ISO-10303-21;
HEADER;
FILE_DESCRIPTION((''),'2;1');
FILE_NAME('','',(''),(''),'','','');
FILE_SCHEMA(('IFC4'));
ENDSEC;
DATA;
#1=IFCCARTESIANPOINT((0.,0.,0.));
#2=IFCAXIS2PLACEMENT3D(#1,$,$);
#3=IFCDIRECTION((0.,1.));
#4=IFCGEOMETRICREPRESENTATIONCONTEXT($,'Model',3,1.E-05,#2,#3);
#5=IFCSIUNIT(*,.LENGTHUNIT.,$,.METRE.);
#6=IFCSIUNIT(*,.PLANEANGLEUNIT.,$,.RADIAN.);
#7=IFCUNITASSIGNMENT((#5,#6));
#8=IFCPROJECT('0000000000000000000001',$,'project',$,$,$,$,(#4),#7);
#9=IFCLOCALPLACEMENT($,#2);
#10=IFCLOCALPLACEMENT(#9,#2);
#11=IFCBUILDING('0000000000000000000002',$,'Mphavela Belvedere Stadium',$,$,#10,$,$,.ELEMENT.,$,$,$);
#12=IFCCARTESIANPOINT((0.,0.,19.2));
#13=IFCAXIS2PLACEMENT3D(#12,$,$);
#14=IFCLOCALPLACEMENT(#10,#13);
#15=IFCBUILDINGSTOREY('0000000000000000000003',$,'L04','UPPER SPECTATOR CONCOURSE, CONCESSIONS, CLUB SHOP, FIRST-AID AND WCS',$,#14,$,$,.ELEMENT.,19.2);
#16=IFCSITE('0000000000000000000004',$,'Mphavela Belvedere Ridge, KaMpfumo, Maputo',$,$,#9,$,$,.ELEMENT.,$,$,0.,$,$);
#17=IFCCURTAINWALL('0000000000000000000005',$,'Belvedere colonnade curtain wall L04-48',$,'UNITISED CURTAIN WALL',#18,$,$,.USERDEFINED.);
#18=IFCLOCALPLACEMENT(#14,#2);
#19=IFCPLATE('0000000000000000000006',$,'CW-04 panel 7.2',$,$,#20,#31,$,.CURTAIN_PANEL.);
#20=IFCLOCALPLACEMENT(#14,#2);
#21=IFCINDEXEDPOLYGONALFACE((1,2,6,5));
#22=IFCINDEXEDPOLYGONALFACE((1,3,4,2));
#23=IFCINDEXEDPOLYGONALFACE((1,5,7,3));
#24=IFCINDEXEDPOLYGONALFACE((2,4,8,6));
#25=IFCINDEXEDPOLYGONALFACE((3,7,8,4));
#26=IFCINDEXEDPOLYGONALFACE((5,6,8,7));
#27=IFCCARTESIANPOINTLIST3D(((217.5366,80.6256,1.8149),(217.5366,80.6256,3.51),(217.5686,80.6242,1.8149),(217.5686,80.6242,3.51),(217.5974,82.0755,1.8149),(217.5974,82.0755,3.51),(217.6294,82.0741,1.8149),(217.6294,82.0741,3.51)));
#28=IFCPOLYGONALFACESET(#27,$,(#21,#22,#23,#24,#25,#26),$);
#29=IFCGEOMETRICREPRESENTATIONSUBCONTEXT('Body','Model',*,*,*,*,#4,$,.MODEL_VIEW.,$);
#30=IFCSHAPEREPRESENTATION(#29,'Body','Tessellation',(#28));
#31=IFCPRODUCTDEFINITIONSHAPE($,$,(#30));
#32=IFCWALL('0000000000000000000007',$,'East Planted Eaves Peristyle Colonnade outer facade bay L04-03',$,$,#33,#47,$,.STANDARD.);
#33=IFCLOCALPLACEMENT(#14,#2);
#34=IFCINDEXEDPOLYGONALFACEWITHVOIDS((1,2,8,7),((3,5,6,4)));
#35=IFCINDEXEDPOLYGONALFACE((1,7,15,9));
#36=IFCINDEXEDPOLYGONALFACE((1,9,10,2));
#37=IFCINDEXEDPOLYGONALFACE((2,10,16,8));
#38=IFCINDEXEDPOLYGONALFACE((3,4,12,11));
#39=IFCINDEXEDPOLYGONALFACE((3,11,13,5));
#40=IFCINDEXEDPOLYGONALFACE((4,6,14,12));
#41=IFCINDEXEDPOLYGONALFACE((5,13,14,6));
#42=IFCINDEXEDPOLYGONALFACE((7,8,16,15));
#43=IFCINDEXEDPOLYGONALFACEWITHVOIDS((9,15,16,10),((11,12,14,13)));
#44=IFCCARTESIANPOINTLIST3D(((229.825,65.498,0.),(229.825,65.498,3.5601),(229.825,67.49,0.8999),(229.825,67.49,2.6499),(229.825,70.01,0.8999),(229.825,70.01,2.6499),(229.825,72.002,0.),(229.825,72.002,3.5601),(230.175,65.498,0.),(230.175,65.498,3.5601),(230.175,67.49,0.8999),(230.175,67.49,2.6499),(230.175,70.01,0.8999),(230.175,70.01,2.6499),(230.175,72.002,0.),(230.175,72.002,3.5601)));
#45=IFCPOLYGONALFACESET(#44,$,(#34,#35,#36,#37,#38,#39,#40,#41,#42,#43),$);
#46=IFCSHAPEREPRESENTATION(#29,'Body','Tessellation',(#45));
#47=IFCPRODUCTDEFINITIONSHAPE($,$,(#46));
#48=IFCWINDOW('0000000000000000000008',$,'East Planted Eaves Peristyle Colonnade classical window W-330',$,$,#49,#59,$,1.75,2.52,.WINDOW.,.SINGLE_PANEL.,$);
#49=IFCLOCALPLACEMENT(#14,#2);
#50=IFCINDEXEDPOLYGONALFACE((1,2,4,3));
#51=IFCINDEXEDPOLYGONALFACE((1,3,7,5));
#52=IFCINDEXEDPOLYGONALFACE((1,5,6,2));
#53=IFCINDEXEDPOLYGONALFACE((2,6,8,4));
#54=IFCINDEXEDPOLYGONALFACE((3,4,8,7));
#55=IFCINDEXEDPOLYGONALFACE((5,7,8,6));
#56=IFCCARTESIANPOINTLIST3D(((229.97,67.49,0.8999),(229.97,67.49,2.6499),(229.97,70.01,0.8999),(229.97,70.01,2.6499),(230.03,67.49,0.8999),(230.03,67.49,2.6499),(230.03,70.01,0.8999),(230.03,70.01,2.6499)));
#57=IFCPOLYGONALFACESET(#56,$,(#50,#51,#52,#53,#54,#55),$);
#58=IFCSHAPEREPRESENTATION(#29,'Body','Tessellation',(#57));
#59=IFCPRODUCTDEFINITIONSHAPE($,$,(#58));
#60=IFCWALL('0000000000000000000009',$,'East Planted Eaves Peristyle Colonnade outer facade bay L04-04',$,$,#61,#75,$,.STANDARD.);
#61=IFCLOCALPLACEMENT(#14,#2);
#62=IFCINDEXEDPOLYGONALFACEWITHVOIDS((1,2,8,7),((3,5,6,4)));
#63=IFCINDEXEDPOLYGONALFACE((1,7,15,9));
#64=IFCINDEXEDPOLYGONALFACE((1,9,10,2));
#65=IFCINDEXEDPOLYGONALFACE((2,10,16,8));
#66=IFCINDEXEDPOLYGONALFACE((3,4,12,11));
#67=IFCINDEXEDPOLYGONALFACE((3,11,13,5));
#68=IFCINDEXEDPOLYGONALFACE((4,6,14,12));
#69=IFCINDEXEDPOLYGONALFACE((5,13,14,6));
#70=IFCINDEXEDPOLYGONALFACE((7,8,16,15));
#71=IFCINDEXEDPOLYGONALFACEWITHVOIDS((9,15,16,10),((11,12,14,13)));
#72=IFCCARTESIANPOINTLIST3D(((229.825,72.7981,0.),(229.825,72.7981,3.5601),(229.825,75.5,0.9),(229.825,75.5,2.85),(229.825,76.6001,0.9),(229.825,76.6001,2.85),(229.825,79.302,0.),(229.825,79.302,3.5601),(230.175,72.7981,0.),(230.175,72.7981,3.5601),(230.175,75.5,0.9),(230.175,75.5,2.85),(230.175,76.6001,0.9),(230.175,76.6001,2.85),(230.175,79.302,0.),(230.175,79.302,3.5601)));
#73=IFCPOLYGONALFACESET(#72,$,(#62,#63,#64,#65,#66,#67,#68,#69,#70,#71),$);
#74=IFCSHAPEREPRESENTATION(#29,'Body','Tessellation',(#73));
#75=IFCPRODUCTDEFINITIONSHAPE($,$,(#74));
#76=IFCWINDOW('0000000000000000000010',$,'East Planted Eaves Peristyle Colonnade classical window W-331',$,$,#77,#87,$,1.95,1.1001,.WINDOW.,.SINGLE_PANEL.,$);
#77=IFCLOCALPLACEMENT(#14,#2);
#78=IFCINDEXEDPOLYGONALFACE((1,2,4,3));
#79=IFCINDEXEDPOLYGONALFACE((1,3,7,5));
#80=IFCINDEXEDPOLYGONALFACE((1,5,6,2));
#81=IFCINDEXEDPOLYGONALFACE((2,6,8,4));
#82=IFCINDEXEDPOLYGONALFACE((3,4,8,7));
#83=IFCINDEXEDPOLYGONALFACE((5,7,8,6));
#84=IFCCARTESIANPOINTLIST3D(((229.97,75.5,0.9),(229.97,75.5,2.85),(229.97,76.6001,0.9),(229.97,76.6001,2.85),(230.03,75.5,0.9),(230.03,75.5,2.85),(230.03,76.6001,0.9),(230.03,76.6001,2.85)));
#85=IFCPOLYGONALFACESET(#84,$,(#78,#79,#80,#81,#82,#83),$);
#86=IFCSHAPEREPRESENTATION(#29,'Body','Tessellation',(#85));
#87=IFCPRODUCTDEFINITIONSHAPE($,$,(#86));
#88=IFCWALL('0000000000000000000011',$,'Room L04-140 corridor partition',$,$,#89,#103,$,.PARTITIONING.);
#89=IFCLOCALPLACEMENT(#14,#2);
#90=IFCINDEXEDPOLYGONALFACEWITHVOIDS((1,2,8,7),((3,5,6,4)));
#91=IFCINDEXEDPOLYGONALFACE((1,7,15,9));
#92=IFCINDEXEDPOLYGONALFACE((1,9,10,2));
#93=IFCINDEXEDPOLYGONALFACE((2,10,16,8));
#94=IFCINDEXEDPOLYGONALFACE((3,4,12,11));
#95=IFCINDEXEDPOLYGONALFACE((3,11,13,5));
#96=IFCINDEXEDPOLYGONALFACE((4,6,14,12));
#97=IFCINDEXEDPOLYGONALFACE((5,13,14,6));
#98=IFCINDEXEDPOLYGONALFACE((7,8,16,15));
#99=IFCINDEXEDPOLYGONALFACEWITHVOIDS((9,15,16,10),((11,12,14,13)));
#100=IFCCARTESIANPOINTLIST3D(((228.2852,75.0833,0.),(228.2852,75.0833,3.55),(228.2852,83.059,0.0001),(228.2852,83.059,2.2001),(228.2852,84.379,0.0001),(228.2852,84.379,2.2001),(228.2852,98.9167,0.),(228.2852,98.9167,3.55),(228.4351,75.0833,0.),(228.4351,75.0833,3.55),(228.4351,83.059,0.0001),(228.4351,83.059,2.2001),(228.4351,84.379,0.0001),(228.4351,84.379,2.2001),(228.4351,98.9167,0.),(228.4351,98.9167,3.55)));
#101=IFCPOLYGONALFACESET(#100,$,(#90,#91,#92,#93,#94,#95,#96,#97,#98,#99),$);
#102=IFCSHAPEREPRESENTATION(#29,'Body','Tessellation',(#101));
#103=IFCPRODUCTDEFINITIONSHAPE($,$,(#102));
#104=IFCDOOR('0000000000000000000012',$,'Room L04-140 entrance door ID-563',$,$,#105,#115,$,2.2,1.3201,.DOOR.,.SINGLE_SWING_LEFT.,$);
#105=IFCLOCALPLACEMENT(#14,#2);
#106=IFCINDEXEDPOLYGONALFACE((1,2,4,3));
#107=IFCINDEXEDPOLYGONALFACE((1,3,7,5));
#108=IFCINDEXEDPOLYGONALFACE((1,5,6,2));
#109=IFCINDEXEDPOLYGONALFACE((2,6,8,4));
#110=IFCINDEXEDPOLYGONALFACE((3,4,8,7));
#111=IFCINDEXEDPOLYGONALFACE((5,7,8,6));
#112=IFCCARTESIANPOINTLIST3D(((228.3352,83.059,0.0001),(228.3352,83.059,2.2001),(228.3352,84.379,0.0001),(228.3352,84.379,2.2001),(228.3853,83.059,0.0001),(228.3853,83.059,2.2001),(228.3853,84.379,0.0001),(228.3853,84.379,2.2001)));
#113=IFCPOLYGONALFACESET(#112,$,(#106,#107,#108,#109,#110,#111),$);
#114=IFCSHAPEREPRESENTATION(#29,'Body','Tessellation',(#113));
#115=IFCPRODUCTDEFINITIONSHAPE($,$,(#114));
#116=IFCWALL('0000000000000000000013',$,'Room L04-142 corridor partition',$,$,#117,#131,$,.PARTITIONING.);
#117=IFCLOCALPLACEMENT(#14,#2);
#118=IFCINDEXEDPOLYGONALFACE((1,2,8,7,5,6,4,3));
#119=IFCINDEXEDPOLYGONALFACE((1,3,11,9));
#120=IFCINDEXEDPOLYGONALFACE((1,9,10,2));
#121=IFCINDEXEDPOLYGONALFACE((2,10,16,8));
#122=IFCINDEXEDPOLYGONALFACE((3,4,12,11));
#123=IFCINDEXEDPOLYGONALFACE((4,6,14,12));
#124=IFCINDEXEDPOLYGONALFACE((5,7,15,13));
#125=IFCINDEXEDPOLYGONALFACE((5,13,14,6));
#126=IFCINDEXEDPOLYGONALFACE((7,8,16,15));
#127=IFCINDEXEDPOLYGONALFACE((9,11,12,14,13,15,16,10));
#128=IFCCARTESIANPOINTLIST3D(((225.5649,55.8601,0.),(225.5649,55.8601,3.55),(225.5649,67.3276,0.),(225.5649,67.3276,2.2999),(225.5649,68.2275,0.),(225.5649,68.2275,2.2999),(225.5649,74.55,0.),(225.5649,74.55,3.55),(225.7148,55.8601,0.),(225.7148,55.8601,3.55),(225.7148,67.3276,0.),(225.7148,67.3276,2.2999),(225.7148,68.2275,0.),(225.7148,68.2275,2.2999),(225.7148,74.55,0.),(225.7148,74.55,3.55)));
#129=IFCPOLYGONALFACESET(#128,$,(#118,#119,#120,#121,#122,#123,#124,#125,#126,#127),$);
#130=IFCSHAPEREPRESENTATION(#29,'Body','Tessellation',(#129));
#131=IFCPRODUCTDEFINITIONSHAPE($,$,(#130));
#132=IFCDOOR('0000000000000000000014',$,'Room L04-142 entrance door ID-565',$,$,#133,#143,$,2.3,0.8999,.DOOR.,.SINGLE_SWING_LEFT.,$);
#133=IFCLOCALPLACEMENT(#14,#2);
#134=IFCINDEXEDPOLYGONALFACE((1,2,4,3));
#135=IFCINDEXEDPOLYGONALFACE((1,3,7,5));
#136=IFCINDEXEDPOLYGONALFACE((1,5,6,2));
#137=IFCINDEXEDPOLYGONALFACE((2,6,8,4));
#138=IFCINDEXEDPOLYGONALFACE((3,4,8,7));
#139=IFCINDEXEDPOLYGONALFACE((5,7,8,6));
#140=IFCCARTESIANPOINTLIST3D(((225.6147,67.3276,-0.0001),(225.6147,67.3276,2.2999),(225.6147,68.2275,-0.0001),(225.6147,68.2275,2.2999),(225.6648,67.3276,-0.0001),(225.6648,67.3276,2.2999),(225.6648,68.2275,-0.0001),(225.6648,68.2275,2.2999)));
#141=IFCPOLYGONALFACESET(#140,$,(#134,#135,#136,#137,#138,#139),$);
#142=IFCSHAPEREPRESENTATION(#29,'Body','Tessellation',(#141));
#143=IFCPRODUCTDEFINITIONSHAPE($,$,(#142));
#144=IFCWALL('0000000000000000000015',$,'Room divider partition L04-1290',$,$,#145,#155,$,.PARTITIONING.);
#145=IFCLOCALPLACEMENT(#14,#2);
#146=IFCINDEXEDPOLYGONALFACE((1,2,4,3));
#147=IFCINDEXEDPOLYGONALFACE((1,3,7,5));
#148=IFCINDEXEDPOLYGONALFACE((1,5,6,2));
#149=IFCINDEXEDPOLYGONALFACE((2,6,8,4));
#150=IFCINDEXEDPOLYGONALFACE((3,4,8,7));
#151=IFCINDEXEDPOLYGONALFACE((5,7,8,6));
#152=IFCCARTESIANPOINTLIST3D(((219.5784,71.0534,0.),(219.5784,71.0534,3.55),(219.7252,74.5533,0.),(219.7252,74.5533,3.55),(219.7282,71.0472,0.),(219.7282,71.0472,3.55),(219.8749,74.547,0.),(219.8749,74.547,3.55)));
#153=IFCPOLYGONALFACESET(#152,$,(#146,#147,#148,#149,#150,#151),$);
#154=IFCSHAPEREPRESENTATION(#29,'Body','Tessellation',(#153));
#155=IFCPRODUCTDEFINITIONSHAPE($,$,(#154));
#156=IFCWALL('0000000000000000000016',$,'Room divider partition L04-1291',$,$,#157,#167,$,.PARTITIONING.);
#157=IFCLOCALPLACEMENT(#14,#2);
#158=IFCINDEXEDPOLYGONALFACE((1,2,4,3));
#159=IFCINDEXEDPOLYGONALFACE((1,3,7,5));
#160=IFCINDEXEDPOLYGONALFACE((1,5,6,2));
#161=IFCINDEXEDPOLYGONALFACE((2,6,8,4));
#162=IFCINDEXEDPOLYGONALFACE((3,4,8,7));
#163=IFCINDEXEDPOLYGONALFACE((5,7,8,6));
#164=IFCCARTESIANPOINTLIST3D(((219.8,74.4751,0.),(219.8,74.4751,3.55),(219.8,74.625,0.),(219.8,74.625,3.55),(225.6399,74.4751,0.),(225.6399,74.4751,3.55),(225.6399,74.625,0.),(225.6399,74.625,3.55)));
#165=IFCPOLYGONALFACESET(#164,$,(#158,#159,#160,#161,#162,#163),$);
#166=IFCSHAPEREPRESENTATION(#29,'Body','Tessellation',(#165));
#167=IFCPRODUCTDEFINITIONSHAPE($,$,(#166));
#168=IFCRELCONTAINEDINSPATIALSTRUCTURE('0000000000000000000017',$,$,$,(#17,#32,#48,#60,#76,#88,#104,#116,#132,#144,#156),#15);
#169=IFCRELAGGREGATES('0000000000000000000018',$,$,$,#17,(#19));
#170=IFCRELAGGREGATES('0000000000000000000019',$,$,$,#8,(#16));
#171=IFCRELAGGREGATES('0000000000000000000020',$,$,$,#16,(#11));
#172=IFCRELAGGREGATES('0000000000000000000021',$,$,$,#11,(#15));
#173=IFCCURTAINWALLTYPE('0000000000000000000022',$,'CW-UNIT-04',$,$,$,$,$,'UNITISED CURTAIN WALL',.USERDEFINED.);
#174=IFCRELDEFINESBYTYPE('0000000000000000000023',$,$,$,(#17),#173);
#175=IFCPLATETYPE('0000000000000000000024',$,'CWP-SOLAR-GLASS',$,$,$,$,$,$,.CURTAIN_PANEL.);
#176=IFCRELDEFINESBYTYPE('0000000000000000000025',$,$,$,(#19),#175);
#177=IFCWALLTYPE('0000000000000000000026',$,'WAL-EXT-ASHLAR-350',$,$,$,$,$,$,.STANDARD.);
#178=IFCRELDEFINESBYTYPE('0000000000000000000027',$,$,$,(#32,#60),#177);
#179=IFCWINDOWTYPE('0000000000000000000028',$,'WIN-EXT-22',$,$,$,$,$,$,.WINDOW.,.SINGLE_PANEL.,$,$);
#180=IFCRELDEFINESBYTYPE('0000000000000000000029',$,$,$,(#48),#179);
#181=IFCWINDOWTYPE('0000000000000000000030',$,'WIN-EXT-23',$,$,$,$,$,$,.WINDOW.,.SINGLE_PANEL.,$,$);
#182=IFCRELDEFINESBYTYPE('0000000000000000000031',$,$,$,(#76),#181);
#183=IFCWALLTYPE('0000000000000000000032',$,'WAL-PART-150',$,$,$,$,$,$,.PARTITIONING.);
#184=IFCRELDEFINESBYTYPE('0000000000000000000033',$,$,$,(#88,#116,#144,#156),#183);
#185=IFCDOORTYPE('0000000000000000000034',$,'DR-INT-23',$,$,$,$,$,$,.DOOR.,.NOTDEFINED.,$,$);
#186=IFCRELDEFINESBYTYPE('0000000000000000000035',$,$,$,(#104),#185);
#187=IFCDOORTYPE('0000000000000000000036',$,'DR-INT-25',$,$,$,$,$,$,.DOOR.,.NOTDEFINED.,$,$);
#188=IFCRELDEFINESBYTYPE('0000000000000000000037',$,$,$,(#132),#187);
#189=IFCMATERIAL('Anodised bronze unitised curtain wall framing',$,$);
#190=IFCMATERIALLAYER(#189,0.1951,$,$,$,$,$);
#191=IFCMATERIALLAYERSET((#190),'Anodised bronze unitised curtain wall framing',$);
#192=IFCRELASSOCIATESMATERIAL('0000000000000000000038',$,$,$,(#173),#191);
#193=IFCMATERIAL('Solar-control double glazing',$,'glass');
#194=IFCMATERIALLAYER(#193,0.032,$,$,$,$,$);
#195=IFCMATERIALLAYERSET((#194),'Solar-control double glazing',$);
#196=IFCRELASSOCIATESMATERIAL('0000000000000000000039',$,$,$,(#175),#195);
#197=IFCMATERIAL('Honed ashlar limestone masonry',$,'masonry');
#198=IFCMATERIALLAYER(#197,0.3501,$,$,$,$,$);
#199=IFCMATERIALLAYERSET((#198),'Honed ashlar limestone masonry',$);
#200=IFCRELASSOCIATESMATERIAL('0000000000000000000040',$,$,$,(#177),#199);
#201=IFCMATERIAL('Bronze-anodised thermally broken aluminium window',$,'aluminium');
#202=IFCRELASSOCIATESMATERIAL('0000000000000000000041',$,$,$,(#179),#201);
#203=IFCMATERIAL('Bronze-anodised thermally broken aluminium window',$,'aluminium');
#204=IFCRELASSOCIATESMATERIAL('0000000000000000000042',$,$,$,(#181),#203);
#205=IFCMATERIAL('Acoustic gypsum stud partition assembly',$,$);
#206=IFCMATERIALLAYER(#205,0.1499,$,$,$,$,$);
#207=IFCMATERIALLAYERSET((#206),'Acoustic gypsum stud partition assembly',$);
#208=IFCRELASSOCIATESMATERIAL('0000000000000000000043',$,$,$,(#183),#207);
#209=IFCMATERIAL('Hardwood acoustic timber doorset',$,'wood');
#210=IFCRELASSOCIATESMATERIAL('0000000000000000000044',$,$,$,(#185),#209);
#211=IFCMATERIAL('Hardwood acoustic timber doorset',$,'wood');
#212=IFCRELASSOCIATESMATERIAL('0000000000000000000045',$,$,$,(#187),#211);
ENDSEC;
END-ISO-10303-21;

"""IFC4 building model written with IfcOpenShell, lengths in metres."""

from ifc_helpers import new_model, si_unit, direction, frame, frame_2d, origin, origin_2d, place, context, subcontext, project, spatial, rectangle, extrude, material, layer, layer_set, type_object, element, fill, aggregate, save


model = new_model("IFC4")

# Units and contexts
model_context = context("Model", 3, precision=1e-05, world=origin(), true_north=direction((0.0, 1.0)))
body_context = subcontext(model_context, "Body", "Model", "MODEL_VIEW")
ifc_project = project(units=[si_unit("LENGTHUNIT", "METRE"), si_unit("PLANEANGLEUNIT", "RADIAN")], contexts=[model_context])

# Site, building, storey
site_placement = place(None, origin())
site = spatial("IfcSite", under=ifc_project, at=site_placement, Name="Mphavela Belvedere Ridge, KaMpfumo, Maputo", CompositionType="ELEMENT", RefElevation=0.0)
building_placement = place(site_placement, origin())
building = spatial("IfcBuilding", under=site, at=building_placement, Name="Mphavela Belvedere Stadium", CompositionType="ELEMENT")
storey_placement = place(building_placement, frame((0.0, 0.0, 19.2)))
storey = spatial("IfcBuildingStorey", under=building, at=storey_placement, Name="L04", Description="UPPER SPECTATOR CONCOURSE, CONCESSIONS, CLUB SHOP, FIRST-AID AND WCS", CompositionType="ELEMENT", Elevation=19.2)

# Curtain wall, plate
ifc_material_1 = material(Name="Anodised bronze unitised curtain wall framing")
ifc_layer_1 = layer(ifc_material_1, 0.1951)
ifc_layer_set_1 = layer_set([ifc_layer_1], Name="Anodised bronze unitised curtain wall framing")
curtain_wall_type = type_object("IfcCurtainWallType", Name="CW-UNIT-04", ElementType="UNITISED CURTAIN WALL", PredefinedType="USERDEFINED", material=ifc_layer_set_1)
curtain_wall_placement = place(storey_placement, origin())
curtain_wall = element("IfcCurtainWall", 1, at=curtain_wall_placement, inside=storey, type_object=curtain_wall_type, Name="Belvedere colonnade curtain wall L04-48", ObjectType="UNITISED CURTAIN WALL", PredefinedType="USERDEFINED")
ifc_material_2 = material(Name="Solar-control double glazing", Category="glass")
ifc_layer_2 = layer(ifc_material_2, 0.032)
ifc_layer_set_2 = layer_set([ifc_layer_2], Name="Solar-control double glazing")
plate_type = type_object("IfcPlateType", Name="CWP-SOLAR-GLASS", PredefinedType="CURTAIN_PANEL", material=ifc_layer_set_2)
plate_1_placement = place(storey_placement, frame((217.583, 81.3499, 1.8149), z_axis=(0.0, 0.0, 1.0), x_axis=(0.041905, 0.999122, 0.0)))
plate_1 = element("IfcPlate", 2, at=plate_1_placement, type_object=plate_type, Name="CW-04 panel 7.2", PredefinedType="CURTAIN_PANEL", context=body_context, shape_type="SweptSolid", body=[
    extrude(rectangle(XDim=1.4512, YDim=0.032, at=origin_2d()), origin(), (0.0, 0.0, 1.0), 1.6951),
])
aggregate(curtain_wall, [plate_1])

# Walls, openings, windows
ifc_material_3 = material(Name="Honed ashlar limestone masonry", Category="masonry")
ifc_layer_3 = layer(ifc_material_3, 0.3501)
ifc_layer_set_3 = layer_set([ifc_layer_3], Name="Honed ashlar limestone masonry")
wall_type_1 = type_object("IfcWallType", Name="WAL-EXT-ASHLAR-350", PredefinedType="STANDARD", material=ifc_layer_set_3)
wall_1_placement = place(storey_placement, frame((230.0, 72.002, 0.0), z_axis=(0.0, 0.0, 1.0), x_axis=(0.0, -1.0, 0.0)))
wall_1 = element("IfcWall", 3, at=wall_1_placement, inside=storey, type_object=wall_type_1, Name="East Planted Eaves Peristyle Colonnade outer facade bay L04-03", PredefinedType="STANDARD", context=body_context, shape_type="SweptSolid", body=[
    extrude(rectangle(XDim=6.5039, YDim=0.3501, at=frame_2d((3.252, 0.0))), origin(), (0.0, 0.0, 1.0), 3.5601),
])
opening_1_placement = place(wall_1_placement, frame((1.9919, 0.0, 0.8999)))
opening_1 = element("IfcOpeningElement", 4, at=opening_1_placement, cuts=wall_1, PredefinedType="OPENING", context=body_context, shape_type="SweptSolid", body=[
    extrude(rectangle(XDim=2.52, YDim=1.75, at=frame_2d((1.26, 0.875))), frame((0.0, 0.1851, 0.0), z_axis=(0.0, -1.0, 0.0), x_axis=(1.0, 0.0, 0.0)), (0.0, 0.0, 1.0), 0.3701),
])
ifc_material_4 = material(Name="Bronze-anodised thermally broken aluminium window", Category="aluminium")
window_type_1 = type_object("IfcWindowType", Name="WIN-EXT-22", PartitioningType="SINGLE_PANEL", PredefinedType="WINDOW", material=ifc_material_4)
window_1_placement = place(opening_1_placement, origin())
window_1 = element("IfcWindow", 5, at=window_1_placement, inside=storey, type_object=window_type_1, Name="East Planted Eaves Peristyle Colonnade classical window W-330", OverallHeight=1.75, OverallWidth=2.52, PartitioningType="SINGLE_PANEL", PredefinedType="WINDOW", context=body_context, shape_type="SweptSolid", body=[
    extrude(rectangle(XDim=2.52, YDim=1.75, at=frame_2d((1.26, 0.875))), frame((0.0, 0.03, 0.0), z_axis=(0.0, -1.0, 0.0), x_axis=(1.0, 0.0, 0.0)), (0.0, 0.0, 1.0), 0.0601),
])
fill(opening_1, window_1)
wall_2_placement = place(storey_placement, frame((230.0, 79.302, 0.0), z_axis=(0.0, 0.0, 1.0), x_axis=(0.0, -1.0, 0.0)))
wall_2 = element("IfcWall", 6, at=wall_2_placement, inside=storey, type_object=wall_type_1, Name="East Planted Eaves Peristyle Colonnade outer facade bay L04-04", PredefinedType="STANDARD", context=body_context, shape_type="SweptSolid", body=[
    extrude(rectangle(XDim=6.5039, YDim=0.3501, at=frame_2d((3.252, 0.0))), origin(), (0.0, 0.0, 1.0), 3.5601),
])
opening_2_placement = place(wall_2_placement, frame((2.7019, 0.0, 0.8999)))
opening_2 = element("IfcOpeningElement", 7, at=opening_2_placement, cuts=wall_2, PredefinedType="OPENING", context=body_context, shape_type="SweptSolid", body=[
    extrude(rectangle(XDim=1.1001, YDim=1.95, at=frame_2d((0.55, 0.9751))), frame((0.0, 0.1851, 0.0), z_axis=(0.0, -1.0, 0.0), x_axis=(1.0, 0.0, 0.0)), (0.0, 0.0, 1.0), 0.3701),
])
ifc_material_5 = material(Name="Bronze-anodised thermally broken aluminium window", Category="aluminium")
window_type_2 = type_object("IfcWindowType", Name="WIN-EXT-23", PartitioningType="SINGLE_PANEL", PredefinedType="WINDOW", material=ifc_material_5)
window_2_placement = place(opening_2_placement, origin())
window_2 = element("IfcWindow", 8, at=window_2_placement, inside=storey, type_object=window_type_2, Name="East Planted Eaves Peristyle Colonnade classical window W-331", OverallHeight=1.95, OverallWidth=1.1001, PartitioningType="SINGLE_PANEL", PredefinedType="WINDOW", context=body_context, shape_type="SweptSolid", body=[
    extrude(rectangle(XDim=1.1001, YDim=1.95, at=frame_2d((0.55, 0.9751))), frame((0.0, 0.03, 0.0), z_axis=(0.0, -1.0, 0.0), x_axis=(1.0, 0.0, 0.0)), (0.0, 0.0, 1.0), 0.0601),
])
fill(opening_2, window_2)

# Walls, openings, doors
ifc_material_6 = material(Name="Acoustic gypsum stud partition assembly")
ifc_layer_4 = layer(ifc_material_6, 0.1499)
ifc_layer_set_4 = layer_set([ifc_layer_4], Name="Acoustic gypsum stud partition assembly")
wall_type_2 = type_object("IfcWallType", Name="WAL-PART-150", PredefinedType="PARTITIONING", material=ifc_layer_set_4)
wall_3_placement = place(storey_placement, frame((228.3601, 75.0833, 0.0), z_axis=(0.0, 0.0, 1.0), x_axis=(0.0, 1.0, 0.0)))
wall_3 = element("IfcWall", 9, at=wall_3_placement, inside=storey, type_object=wall_type_2, Name="Room L04-140 corridor partition", PredefinedType="PARTITIONING", context=body_context, shape_type="SweptSolid", body=[
    extrude(rectangle(XDim=23.8335, YDim=0.1499, at=frame_2d((11.9167, 0.0))), origin(), (0.0, 0.0, 1.0), 3.55),
])
opening_3_placement = place(wall_3_placement, frame((7.9756, 0.0, 0.0)))
opening_3 = element("IfcOpeningElement", 10, at=opening_3_placement, cuts=wall_3, PredefinedType="OPENING", context=body_context, shape_type="SweptSolid", body=[
    extrude(rectangle(XDim=1.3201, YDim=2.2, at=frame_2d((0.6602, 1.1001))), frame((0.0, 0.085, 0.0), z_axis=(0.0, -1.0, 0.0), x_axis=(1.0, 0.0, 0.0)), (0.0, 0.0, 1.0), 0.1699),
])
ifc_material_7 = material(Name="Hardwood acoustic timber doorset", Category="wood")
door_type_1 = type_object("IfcDoorType", Name="DR-INT-23", OperationType="NOTDEFINED", PredefinedType="DOOR", material=ifc_material_7)
door_1_placement = place(opening_3_placement, origin())
door_1 = element("IfcDoor", 11, at=door_1_placement, inside=storey, type_object=door_type_1, Name="Room L04-140 entrance door ID-563", OperationType="SINGLE_SWING_LEFT", OverallHeight=2.2, OverallWidth=1.3201, PredefinedType="DOOR", context=body_context, shape_type="SweptSolid", body=[
    extrude(rectangle(XDim=1.3201, YDim=2.2, at=frame_2d((0.6602, 1.1001))), frame((0.0, 0.0249, 0.0), z_axis=(0.0, -1.0, 0.0), x_axis=(1.0, 0.0, 0.0)), (0.0, 0.0, 1.0), 0.05),
])
fill(opening_3, door_1)
wall_4_placement = place(storey_placement, frame((225.6399, 74.55, 0.0), z_axis=(0.0, 0.0, 1.0), x_axis=(0.0, -1.0, 0.0)))
wall_4 = element("IfcWall", 12, at=wall_4_placement, inside=storey, type_object=wall_type_2, Name="Room L04-142 corridor partition", PredefinedType="PARTITIONING", context=body_context, shape_type="SweptSolid", body=[
    extrude(rectangle(XDim=18.6899, YDim=0.1499, at=frame_2d((9.345, 0.0))), origin(), (0.0, 0.0, 1.0), 3.55),
])
opening_4_placement = place(wall_4_placement, frame((6.3225, 0.0, 0.0)))
opening_4 = element("IfcOpeningElement", 13, at=opening_4_placement, cuts=wall_4, PredefinedType="OPENING", context=body_context, shape_type="SweptSolid", body=[
    extrude(rectangle(XDim=0.8999, YDim=2.3, at=frame_2d((0.45, 1.1499))), frame((0.0, 0.085, 0.0), z_axis=(0.0, -1.0, 0.0), x_axis=(1.0, 0.0, 0.0)), (0.0, 0.0, 1.0), 0.1699),
])
ifc_material_8 = material(Name="Hardwood acoustic timber doorset", Category="wood")
door_type_2 = type_object("IfcDoorType", Name="DR-INT-25", OperationType="NOTDEFINED", PredefinedType="DOOR", material=ifc_material_8)
door_2_placement = place(opening_4_placement, origin())
door_2 = element("IfcDoor", 14, at=door_2_placement, inside=storey, type_object=door_type_2, Name="Room L04-142 entrance door ID-565", OperationType="SINGLE_SWING_LEFT", OverallHeight=2.3, OverallWidth=0.8999, PredefinedType="DOOR", context=body_context, shape_type="SweptSolid", body=[
    extrude(rectangle(XDim=0.8999, YDim=2.3, at=frame_2d((0.45, 1.1499))), frame((0.0, 0.0249, 0.0), z_axis=(0.0, -1.0, 0.0), x_axis=(1.0, 0.0, 0.0)), (0.0, 0.0, 1.0), 0.05),
])
fill(opening_4, door_2)

# Walls
wall_5_placement = place(storey_placement, frame((219.6533, 71.0503, 0.0), z_axis=(0.0, 0.0, 1.0), x_axis=(0.041889, 0.999122, 0.0)))
element("IfcWall", 15, at=wall_5_placement, inside=storey, type_object=wall_type_2, Name="Room divider partition L04-1290", PredefinedType="PARTITIONING", context=body_context, shape_type="SweptSolid", body=[
    extrude(rectangle(XDim=3.5029, YDim=0.1499, at=frame_2d((1.7515, 0.0))), origin(), (0.0, 0.0, 1.0), 3.55),
])
wall_6_placement = place(storey_placement, frame((219.8, 74.55, 0.0), z_axis=(0.0, 0.0, 1.0), x_axis=(1.0, 0.0, 0.0)))
element("IfcWall", 16, at=wall_6_placement, inside=storey, type_object=wall_type_2, Name="Room divider partition L04-1291", PredefinedType="PARTITIONING", context=body_context, shape_type="SweptSolid", body=[
    extrude(rectangle(XDim=5.8398, YDim=0.1499, at=frame_2d((2.9199, 0.0))), origin(), (0.0, 0.0, 1.0), 3.55),
])

save(model, "model.ifc")
